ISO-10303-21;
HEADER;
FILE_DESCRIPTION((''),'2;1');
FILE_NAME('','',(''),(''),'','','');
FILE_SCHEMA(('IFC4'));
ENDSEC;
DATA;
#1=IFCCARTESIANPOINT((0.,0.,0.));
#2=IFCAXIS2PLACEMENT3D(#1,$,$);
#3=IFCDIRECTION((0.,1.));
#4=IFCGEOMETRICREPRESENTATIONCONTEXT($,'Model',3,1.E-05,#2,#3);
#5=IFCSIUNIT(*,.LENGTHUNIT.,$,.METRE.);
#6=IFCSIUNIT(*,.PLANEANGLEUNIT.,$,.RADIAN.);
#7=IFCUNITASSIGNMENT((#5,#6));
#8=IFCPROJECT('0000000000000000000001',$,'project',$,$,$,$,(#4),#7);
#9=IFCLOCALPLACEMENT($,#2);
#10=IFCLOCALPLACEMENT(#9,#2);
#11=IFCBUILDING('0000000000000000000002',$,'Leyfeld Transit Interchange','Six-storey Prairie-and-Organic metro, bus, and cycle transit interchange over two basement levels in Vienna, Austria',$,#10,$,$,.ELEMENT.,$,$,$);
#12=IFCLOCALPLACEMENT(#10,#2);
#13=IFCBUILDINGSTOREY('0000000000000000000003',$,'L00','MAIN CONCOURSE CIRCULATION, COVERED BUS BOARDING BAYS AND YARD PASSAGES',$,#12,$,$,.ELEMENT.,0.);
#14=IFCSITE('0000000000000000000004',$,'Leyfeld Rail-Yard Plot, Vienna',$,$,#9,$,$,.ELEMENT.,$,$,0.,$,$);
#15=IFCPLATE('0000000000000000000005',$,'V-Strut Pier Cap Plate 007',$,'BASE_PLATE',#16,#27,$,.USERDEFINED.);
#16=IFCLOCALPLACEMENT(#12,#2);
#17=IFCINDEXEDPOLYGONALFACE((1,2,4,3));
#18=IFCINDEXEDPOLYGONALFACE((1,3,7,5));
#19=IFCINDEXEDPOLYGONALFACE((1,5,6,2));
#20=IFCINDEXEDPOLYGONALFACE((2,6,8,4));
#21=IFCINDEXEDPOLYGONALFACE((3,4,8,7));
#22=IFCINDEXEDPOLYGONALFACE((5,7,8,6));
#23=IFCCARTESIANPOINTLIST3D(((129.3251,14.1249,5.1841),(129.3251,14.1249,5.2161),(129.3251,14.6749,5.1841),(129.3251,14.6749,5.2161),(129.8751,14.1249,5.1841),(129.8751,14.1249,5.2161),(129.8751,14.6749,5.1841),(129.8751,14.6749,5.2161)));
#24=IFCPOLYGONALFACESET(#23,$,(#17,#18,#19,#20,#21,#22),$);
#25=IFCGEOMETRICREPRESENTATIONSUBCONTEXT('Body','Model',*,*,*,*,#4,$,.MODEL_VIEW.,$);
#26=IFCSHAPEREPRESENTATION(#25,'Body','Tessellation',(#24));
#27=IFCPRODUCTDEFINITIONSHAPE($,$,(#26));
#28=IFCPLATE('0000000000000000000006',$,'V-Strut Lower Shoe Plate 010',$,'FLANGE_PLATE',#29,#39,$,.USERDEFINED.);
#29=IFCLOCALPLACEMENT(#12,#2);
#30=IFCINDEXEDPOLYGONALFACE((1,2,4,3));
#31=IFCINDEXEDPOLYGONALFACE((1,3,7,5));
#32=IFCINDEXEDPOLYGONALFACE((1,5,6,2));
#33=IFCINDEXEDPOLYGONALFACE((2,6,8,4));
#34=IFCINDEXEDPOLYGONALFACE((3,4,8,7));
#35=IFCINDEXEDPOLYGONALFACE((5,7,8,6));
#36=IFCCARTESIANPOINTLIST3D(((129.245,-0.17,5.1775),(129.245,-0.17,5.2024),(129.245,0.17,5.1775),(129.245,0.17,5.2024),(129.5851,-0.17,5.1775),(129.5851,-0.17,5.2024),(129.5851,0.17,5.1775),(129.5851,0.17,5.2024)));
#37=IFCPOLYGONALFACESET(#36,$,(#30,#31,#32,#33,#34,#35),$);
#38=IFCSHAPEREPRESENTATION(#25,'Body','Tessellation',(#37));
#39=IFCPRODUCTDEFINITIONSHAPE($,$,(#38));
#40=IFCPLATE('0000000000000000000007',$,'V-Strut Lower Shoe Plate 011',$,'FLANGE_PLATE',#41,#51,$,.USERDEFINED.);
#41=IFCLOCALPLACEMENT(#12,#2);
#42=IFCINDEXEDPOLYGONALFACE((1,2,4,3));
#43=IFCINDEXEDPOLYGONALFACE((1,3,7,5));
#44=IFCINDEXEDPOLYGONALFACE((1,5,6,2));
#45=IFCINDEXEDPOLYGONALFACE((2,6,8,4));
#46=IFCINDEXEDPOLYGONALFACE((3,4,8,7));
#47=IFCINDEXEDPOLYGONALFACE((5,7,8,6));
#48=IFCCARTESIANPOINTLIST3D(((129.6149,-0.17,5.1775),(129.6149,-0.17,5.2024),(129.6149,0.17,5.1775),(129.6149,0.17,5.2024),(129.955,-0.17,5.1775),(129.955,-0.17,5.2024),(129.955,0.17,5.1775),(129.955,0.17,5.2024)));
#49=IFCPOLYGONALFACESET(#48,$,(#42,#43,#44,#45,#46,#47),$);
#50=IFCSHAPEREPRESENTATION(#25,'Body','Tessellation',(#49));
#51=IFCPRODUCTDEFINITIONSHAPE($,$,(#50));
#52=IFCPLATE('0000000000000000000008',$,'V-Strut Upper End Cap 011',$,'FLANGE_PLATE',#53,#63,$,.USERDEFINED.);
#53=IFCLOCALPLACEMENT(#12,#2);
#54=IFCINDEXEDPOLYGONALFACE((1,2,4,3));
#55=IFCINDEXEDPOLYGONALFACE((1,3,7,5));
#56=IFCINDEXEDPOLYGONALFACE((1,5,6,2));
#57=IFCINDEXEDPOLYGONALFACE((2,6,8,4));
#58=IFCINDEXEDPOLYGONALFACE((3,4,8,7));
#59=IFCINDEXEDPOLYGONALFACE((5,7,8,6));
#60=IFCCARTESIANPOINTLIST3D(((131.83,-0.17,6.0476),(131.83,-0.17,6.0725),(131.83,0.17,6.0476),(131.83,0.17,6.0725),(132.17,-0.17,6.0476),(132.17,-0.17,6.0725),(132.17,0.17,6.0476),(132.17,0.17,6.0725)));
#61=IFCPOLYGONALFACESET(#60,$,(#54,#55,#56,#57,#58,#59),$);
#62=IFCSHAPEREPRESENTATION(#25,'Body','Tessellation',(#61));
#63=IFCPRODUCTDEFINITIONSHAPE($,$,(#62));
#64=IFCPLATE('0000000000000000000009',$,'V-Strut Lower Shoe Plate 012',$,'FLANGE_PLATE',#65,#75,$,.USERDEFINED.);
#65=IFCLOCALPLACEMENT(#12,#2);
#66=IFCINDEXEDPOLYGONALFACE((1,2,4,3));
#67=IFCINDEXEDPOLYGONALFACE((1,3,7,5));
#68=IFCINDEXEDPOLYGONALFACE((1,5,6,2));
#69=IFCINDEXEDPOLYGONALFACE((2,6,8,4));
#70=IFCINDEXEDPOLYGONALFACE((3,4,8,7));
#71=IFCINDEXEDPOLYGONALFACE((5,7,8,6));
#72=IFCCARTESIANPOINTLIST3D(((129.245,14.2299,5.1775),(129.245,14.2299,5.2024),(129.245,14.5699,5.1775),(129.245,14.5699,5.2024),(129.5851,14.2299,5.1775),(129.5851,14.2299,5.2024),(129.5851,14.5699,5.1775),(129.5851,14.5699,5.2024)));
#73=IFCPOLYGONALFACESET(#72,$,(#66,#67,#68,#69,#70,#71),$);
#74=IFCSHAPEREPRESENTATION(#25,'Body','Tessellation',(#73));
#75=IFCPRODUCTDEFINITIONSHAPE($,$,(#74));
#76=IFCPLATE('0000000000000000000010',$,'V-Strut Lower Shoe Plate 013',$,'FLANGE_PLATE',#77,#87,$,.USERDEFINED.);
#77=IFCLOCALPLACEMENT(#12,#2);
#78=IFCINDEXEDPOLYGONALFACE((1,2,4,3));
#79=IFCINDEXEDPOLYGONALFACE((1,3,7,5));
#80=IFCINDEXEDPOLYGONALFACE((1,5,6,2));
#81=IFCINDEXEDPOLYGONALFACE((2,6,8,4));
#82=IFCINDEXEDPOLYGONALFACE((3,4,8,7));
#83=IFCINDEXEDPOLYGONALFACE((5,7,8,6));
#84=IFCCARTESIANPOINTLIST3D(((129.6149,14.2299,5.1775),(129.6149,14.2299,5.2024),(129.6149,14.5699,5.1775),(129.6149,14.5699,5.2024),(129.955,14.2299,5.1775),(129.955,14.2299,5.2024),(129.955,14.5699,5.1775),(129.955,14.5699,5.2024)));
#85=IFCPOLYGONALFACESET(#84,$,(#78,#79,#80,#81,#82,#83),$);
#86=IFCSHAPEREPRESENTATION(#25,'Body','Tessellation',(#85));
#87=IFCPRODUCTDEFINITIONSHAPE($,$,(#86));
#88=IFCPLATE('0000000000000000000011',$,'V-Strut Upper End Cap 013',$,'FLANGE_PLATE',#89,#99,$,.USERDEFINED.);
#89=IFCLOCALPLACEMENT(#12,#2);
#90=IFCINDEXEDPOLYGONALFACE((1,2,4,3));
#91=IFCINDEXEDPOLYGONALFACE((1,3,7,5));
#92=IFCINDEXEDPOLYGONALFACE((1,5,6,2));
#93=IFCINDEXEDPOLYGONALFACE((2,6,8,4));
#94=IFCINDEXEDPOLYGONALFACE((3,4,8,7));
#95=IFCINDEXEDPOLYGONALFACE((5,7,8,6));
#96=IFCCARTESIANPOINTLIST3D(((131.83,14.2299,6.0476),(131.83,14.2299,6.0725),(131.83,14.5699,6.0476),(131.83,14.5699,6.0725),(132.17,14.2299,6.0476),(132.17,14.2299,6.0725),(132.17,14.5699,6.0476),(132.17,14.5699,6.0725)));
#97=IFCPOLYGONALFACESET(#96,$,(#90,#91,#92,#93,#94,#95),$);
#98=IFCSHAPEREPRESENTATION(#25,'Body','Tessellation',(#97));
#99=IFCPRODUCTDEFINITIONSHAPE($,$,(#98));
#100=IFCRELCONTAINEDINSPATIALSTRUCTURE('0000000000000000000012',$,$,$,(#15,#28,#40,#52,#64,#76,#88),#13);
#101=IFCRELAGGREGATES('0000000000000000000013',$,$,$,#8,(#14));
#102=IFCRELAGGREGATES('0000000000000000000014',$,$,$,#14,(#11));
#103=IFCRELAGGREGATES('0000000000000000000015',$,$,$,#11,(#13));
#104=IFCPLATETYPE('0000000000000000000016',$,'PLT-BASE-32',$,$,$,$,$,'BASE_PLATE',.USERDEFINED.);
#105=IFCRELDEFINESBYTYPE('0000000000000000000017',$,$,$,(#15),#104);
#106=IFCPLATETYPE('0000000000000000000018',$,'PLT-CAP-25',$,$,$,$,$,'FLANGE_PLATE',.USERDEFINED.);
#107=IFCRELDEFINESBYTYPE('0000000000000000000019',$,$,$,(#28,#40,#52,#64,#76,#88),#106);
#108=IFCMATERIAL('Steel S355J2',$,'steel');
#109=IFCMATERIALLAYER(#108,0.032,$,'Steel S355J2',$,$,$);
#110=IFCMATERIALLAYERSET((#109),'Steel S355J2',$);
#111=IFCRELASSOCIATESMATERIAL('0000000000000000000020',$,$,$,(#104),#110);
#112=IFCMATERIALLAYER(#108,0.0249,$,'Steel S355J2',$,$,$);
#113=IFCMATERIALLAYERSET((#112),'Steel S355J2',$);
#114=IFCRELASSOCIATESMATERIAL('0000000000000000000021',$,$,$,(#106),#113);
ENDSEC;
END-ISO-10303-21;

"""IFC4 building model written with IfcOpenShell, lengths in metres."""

from ifc_helpers import new_model, si_unit, direction, frame, origin, origin_2d, place, context, subcontext, project, spatial, rectangle, extrude, material, layer, layer_set, type_object, element, save


model = new_model("IFC4")

# Units and contexts
model_context = context("Model", 3, precision=1e-05, world=origin(), true_north=direction((0.0, 1.0)))
body_context = subcontext(model_context, "Body", "Model", "MODEL_VIEW")
ifc_project = project(units=[si_unit("LENGTHUNIT", "METRE"), si_unit("PLANEANGLEUNIT", "RADIAN")], contexts=[model_context])

# Site, building, storey
site_placement = place(None, origin())
site = spatial("IfcSite", under=ifc_project, at=site_placement, Name="Leyfeld Rail-Yard Plot, Vienna", CompositionType="ELEMENT", RefElevation=0.0)
building_placement = place(site_placement, origin())
building = spatial("IfcBuilding", under=site, at=building_placement, Name="Leyfeld Transit Interchange", Description="Six-storey Prairie-and-Organic metro, bus, and cycle transit interchange over two basement levels in Vienna, Austria", CompositionType="ELEMENT")
storey_placement = place(building_placement, origin())
storey = spatial("IfcBuildingStorey", under=building, at=storey_placement, Name="L00", Description="MAIN CONCOURSE CIRCULATION, COVERED BUS BOARDING BAYS AND YARD PASSAGES", CompositionType="ELEMENT", Elevation=0.0)

# Shared definitions
ifc_material_1 = material(Name="Steel S355J2", Category="steel")

# Plates
ifc_layer_1 = layer(ifc_material_1, 0.032, Name="Steel S355J2")
ifc_layer_set_1 = layer_set([ifc_layer_1], Name="Steel S355J2")
plate_type_1 = type_object("IfcPlateType", Name="PLT-BASE-32", ElementType="BASE_PLATE", PredefinedType="USERDEFINED", material=ifc_layer_set_1)
for number, where, z_axis, x_axis, name in (
    (1, (129.6001, 14.3999, 5.1841), (0.0, 0.0, 1.0), (1.0, 0.0, 0.0), "V-Strut Pier Cap Plate 007"),
):
    element("IfcPlate", number, at=place(storey_placement, frame(where, z_axis=z_axis, x_axis=x_axis)), inside=storey, type_object=plate_type_1, Name=name, ObjectType="BASE_PLATE", PredefinedType="USERDEFINED", context=body_context, shape_type="SweptSolid", body=[
        extrude(rectangle(XDim=0.55, YDim=0.55, at=origin_2d()), origin(), (0.0, 0.0, 1.0), 0.032),
    ])
ifc_layer_2 = layer(ifc_material_1, 0.0249, Name="Steel S355J2")
ifc_layer_set_2 = layer_set([ifc_layer_2], Name="Steel S355J2")
plate_type_2 = type_object("IfcPlateType", Name="PLT-CAP-25", ElementType="FLANGE_PLATE", PredefinedType="USERDEFINED", material=ifc_layer_set_2)
for number, where, z_axis, x_axis, name in (
    (2, (129.415, 0.0, 5.1775), (0.0, 0.0, 1.0), (1.0, 0.0, 0.0), "V-Strut Lower Shoe Plate 010"),
    (3, (129.7849, 0.0, 5.1775), (0.0, 0.0, 1.0), (1.0, 0.0, 0.0), "V-Strut Lower Shoe Plate 011"),
    (4, (132.0, 0.0, 6.0476), (0.0, 0.0, 1.0), (1.0, 0.0, 0.0), "V-Strut Upper End Cap 011"),
    (5, (129.415, 14.3999, 5.1775), (0.0, 0.0, 1.0), (1.0, 0.0, 0.0), "V-Strut Lower Shoe Plate 012"),
    (6, (129.7849, 14.3999, 5.1775), (0.0, 0.0, 1.0), (1.0, 0.0, 0.0), "V-Strut Lower Shoe Plate 013"),
    (7, (132.0, 14.3999, 6.0476), (0.0, 0.0, 1.0), (1.0, 0.0, 0.0), "V-Strut Upper End Cap 013"),
):
    element("IfcPlate", number, at=place(storey_placement, frame(where, z_axis=z_axis, x_axis=x_axis)), inside=storey, type_object=plate_type_2, Name=name, ObjectType="FLANGE_PLATE", PredefinedType="USERDEFINED", context=body_context, shape_type="SweptSolid", body=[
        extrude(rectangle(XDim=0.3401, YDim=0.3401, at=origin_2d()), origin(), (0.0, 0.0, 1.0), 0.0249),
    ])

save(model, "model.ifc")
